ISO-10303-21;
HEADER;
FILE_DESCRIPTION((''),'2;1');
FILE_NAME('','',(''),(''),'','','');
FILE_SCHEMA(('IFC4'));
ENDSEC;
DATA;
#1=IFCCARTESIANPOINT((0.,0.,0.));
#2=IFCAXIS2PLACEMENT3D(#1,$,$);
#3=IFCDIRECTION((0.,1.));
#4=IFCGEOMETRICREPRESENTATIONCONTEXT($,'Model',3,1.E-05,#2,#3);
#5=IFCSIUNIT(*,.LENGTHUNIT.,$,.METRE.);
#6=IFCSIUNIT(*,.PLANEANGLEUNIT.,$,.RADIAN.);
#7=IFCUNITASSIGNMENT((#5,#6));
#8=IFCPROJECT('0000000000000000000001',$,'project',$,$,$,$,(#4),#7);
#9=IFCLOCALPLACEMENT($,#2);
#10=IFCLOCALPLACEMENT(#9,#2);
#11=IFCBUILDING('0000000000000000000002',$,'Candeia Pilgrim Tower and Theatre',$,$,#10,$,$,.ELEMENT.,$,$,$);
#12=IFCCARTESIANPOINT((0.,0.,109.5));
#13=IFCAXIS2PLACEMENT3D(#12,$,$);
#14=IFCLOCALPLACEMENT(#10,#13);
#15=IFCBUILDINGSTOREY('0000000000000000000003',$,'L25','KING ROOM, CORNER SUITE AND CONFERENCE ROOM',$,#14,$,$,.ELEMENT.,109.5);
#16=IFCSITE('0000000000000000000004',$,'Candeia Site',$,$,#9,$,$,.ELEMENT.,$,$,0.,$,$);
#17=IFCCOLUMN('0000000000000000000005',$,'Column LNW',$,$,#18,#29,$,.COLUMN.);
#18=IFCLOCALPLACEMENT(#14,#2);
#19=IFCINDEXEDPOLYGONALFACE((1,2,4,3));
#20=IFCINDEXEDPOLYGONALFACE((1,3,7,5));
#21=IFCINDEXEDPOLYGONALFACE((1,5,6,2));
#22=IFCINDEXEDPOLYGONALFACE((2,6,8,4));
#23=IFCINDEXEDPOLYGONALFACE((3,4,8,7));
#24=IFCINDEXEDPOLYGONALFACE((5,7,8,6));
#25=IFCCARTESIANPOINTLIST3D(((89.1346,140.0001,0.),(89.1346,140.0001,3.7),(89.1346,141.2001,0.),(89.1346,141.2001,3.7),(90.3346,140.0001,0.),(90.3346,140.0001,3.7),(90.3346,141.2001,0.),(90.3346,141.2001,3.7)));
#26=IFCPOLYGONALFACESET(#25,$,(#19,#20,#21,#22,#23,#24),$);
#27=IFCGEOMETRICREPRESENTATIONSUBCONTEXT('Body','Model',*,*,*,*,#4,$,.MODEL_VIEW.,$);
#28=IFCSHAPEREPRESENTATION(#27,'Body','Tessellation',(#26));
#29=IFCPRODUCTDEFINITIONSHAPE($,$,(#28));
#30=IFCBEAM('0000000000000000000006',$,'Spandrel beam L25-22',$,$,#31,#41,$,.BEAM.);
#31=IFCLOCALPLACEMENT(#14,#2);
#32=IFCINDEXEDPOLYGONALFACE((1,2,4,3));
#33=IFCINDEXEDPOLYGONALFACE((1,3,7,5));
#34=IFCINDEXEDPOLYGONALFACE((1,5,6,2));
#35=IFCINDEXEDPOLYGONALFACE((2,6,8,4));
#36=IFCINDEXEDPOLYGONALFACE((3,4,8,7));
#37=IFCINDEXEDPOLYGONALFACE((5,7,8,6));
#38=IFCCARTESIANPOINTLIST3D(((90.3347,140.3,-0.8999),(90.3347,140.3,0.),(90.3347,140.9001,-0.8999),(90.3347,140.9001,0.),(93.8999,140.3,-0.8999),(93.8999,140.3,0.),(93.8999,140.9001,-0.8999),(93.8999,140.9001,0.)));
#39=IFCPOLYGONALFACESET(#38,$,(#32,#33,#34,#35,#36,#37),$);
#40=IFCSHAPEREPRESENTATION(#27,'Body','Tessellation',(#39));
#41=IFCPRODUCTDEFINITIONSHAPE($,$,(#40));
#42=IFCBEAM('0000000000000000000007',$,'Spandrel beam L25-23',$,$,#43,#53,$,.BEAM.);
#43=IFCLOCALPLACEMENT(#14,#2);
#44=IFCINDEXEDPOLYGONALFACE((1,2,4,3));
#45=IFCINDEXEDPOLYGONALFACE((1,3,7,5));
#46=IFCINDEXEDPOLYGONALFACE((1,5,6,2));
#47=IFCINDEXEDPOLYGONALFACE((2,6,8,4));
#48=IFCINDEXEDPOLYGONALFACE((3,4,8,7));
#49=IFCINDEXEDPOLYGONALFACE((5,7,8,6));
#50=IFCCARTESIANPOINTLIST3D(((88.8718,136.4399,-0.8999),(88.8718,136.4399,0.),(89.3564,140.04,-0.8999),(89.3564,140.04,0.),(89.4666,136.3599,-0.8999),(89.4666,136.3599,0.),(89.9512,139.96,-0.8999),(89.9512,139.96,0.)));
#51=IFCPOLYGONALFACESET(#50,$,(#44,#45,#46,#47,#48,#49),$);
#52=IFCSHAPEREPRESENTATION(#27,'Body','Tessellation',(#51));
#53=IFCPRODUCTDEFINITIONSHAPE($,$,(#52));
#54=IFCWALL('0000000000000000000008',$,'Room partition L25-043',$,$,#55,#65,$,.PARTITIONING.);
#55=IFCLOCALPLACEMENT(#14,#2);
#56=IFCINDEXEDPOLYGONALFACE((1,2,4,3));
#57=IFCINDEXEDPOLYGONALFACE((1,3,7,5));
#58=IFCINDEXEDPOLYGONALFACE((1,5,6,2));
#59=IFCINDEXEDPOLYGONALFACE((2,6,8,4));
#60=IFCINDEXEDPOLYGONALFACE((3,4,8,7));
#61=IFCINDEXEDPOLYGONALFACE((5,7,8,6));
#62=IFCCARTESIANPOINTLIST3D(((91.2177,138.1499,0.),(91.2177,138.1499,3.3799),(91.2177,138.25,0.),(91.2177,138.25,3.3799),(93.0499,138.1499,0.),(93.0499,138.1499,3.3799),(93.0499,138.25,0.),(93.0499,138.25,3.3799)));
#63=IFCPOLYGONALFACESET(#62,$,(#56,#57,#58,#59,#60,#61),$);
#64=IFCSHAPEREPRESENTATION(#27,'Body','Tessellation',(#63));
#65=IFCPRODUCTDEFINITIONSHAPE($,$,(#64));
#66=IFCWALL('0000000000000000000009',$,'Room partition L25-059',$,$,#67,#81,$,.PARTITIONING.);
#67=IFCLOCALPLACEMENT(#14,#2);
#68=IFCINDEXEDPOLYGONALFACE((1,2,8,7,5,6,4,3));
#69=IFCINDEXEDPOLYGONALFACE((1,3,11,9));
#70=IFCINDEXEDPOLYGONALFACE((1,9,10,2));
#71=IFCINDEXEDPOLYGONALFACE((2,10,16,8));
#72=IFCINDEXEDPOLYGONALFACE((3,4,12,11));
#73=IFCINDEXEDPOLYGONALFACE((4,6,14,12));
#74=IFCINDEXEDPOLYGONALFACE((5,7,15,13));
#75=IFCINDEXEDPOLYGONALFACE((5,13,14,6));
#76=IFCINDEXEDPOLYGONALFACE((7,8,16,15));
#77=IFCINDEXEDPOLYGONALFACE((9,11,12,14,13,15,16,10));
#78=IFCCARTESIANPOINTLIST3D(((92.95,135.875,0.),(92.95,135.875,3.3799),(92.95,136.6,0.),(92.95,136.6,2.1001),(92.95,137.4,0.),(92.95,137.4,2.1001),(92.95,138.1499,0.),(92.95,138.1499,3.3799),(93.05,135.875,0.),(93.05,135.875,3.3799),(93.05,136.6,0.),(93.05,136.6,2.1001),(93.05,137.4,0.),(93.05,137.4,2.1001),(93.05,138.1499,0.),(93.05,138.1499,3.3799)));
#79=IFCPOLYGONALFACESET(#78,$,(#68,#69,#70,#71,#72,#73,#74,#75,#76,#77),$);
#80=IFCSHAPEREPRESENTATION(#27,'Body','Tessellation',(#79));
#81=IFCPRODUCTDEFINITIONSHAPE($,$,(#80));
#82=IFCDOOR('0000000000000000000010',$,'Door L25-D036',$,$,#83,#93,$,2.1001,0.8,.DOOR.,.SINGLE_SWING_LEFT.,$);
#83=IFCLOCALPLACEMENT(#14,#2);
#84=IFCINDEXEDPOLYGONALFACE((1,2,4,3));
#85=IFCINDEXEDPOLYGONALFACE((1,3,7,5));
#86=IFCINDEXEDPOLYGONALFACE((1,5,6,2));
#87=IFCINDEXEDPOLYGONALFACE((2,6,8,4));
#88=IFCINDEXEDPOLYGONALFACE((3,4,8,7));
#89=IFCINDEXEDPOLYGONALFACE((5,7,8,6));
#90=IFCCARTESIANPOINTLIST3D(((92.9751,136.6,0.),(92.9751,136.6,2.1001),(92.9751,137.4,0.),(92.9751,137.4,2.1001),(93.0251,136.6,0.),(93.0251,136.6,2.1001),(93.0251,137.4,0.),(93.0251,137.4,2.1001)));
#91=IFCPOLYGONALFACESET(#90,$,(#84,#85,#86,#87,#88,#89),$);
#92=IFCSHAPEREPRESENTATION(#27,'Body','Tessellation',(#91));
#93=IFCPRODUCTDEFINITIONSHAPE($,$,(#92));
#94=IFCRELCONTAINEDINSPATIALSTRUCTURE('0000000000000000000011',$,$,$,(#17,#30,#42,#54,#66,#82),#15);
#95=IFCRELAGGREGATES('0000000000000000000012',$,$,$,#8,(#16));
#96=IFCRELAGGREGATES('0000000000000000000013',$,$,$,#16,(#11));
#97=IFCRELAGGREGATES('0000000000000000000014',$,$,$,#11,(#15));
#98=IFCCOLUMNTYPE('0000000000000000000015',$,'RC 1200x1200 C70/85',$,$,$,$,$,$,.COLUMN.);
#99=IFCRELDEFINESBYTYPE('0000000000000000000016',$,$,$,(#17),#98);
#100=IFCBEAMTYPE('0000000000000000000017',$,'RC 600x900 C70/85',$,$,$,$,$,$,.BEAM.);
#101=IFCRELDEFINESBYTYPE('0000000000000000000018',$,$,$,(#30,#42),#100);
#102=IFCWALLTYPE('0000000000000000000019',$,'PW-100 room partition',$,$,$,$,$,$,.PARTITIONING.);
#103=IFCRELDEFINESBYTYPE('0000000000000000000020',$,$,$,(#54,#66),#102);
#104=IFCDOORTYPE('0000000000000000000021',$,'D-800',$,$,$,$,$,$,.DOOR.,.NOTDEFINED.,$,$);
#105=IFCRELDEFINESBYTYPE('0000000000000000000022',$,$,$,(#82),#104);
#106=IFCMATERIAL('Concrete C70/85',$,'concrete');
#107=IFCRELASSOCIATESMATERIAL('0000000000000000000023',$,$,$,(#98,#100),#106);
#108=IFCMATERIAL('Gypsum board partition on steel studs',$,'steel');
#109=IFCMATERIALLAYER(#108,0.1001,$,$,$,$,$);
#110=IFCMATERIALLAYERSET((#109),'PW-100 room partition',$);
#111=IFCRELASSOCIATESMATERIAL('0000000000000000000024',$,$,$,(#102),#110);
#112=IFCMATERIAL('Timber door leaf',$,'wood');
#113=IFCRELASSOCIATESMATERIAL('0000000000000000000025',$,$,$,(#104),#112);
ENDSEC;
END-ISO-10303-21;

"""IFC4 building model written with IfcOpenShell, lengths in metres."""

from ifc_helpers import new_model, si_unit, direction, frame, frame_2d, origin, origin_2d, place, context, subcontext, project, spatial, rectangle, extrude, material, layer, layer_set, material_profile, profile_set, type_object, element, fill, save


model = new_model("IFC4")

# Units and contexts
model_context = context("Model", 3, precision=1e-05, world=origin(), true_north=direction((0.0, 1.0)))
body_context = subcontext(model_context, "Body", "Model", "MODEL_VIEW")
ifc_project = project(units=[si_unit("LENGTHUNIT", "METRE"), si_unit("PLANEANGLEUNIT", "RADIAN")], contexts=[model_context])

# Site, building, storey
site_placement = place(None, origin())
site = spatial("IfcSite", under=ifc_project, at=site_placement, Name="Candeia Site", CompositionType="ELEMENT", RefElevation=0.0)
building_placement = place(site_placement, origin())
building = spatial("IfcBuilding", under=site, at=building_placement, Name="Candeia Pilgrim Tower and Theatre", CompositionType="ELEMENT")
storey_placement = place(building_placement, frame((0.0, 0.0, 109.5)))
storey = spatial("IfcBuildingStorey", under=building, at=storey_placement, Name="L25", Description="KING ROOM, CORNER SUITE AND CONFERENCE ROOM", CompositionType="ELEMENT", Elevation=109.5)

# Column
ifc_material_1 = material(Name="Concrete C70/85", Category="concrete")
ifc_material_profile_1 = material_profile(ifc_material_1, rectangle(XDim=1.2, YDim=1.2, at=origin_2d()))
ifc_profile_set_1 = profile_set([ifc_material_profile_1], Name="Concrete C70/85")
column_type = type_object("IfcColumnType", Name="RC 1200x1200 C70/85", PredefinedType="COLUMN", material=ifc_profile_set_1)
column_placement = place(storey_placement, frame((89.7346, 140.6001, 0.0), z_axis=(0.0, 0.0, 1.0), x_axis=(1.0, 0.0, 0.0)))
element("IfcColumn", 1, at=column_placement, inside=storey, type_object=column_type, Name="Column LNW", PredefinedType="COLUMN", context=body_context, shape_type="SweptSolid", body=[
    extrude(rectangle(XDim=1.2, YDim=1.2, at=origin_2d()), origin(), (0.0, 0.0, 1.0), 3.7),
])

# Beams
ifc_material_profile_2 = material_profile(ifc_material_1, rectangle(XDim=0.6001, YDim=0.8999, at=origin_2d()))
ifc_profile_set_2 = profile_set([ifc_material_profile_2], Name="Concrete C70/85")
beam_type = type_object("IfcBeamType", Name="RC 600x900 C70/85", PredefinedType="BEAM", material=ifc_profile_set_2)
beam_1_placement = place(storey_placement, frame((93.8999, 140.6001, -0.45), z_axis=(-1.0, 0.0, 0.0), x_axis=(0.0, -1.0, 0.0)))
element("IfcBeam", 2, at=beam_1_placement, inside=storey, type_object=beam_type, Name="Spandrel beam L25-22", PredefinedType="BEAM", context=body_context, shape_type="SweptSolid", body=[
    extrude(rectangle(XDim=0.6001, YDim=0.8999, at=origin_2d()), origin(), (0.0, 0.0, 1.0), 3.5652),
])
beam_2_placement = place(storey_placement, frame((89.6538, 140.0, -0.45), z_axis=(-0.133409, -0.991061, 0.0), x_axis=(0.991061, -0.133409, 0.0)))
element("IfcBeam", 3, at=beam_2_placement, inside=storey, type_object=beam_type, Name="Spandrel beam L25-23", PredefinedType="BEAM", context=body_context, shape_type="SweptSolid", body=[
    extrude(rectangle(XDim=0.6001, YDim=0.8999, at=origin_2d()), origin(), (0.0, 0.0, 1.0), 3.6326),
])

# Wall
ifc_material_2 = material(Name="Gypsum board partition on steel studs", Category="steel")
ifc_layer_1 = layer(ifc_material_2, 0.1001)
ifc_layer_set_1 = layer_set([ifc_layer_1], Name="PW-100 room partition")
wall_type_1 = type_object("IfcWallType", Name="PW-100 room partition", PredefinedType="PARTITIONING", material=ifc_layer_set_1)
wall_1_placement = place(storey_placement, frame((91.2178, 138.2, 0.0), z_axis=(0.0, 0.0, 1.0), x_axis=(1.0, 0.0, 0.0)))
element("IfcWall", 4, at=wall_1_placement, inside=storey, type_object=wall_type_1, Name="Room partition L25-043", PredefinedType="PARTITIONING", context=body_context, shape_type="SweptSolid", body=[
    extrude(rectangle(XDim=1.8323, YDim=0.1001, at=frame_2d((0.916, 0.0))), origin(), (0.0, 0.0, 1.0), 3.3799),
])

# Wall, opening, door
wall_2_placement = place(storey_placement, frame((93.0, 135.875, 0.0), z_axis=(0.0, 0.0, 1.0), x_axis=(0.0, 1.0, 0.0)))
wall_2 = element("IfcWall", 5, at=wall_2_placement, inside=storey, type_object=wall_type_1, Name="Room partition L25-059", PredefinedType="PARTITIONING", context=body_context, shape_type="SweptSolid", body=[
    extrude(rectangle(XDim=2.2749, YDim=0.1001, at=frame_2d((1.1375, 0.0))), origin(), (0.0, 0.0, 1.0), 3.3799),
])
opening_1_placement = place(wall_2_placement, frame((0.7251, 0.0, 0.0)))
opening_1 = element("IfcOpeningElement", 6, at=opening_1_placement, cuts=wall_2, PredefinedType="OPENING", context=body_context, shape_type="SweptSolid", body=[
    extrude(rectangle(XDim=0.8, YDim=2.1001, at=frame_2d((0.3999, 1.05))), frame((0.0, 0.0601, 0.0), z_axis=(0.0, -1.0, 0.0), x_axis=(1.0, 0.0, 0.0)), (0.0, 0.0, 1.0), 0.1201),
])
ifc_material_3 = material(Name="Timber door leaf", Category="wood")
door_type_1 = type_object("IfcDoorType", Name="D-800", OperationType="NOTDEFINED", PredefinedType="DOOR", material=ifc_material_3)
door_1_placement = place(opening_1_placement, origin())
door_1 = element("IfcDoor", 7, at=door_1_placement, inside=storey, type_object=door_type_1, Name="Door L25-D036", OperationType="SINGLE_SWING_LEFT", OverallHeight=2.1001, OverallWidth=0.8, PredefinedType="DOOR", context=body_context, shape_type="SweptSolid", body=[
    extrude(rectangle(XDim=0.8, YDim=2.1001, at=frame_2d((0.3999, 1.05))), frame((0.0, 0.0249, 0.0), z_axis=(0.0, -1.0, 0.0), x_axis=(1.0, 0.0, 0.0)), (0.0, 0.0, 1.0), 0.05),
])
fill(opening_1, door_1)

save(model, "model.ifc")
